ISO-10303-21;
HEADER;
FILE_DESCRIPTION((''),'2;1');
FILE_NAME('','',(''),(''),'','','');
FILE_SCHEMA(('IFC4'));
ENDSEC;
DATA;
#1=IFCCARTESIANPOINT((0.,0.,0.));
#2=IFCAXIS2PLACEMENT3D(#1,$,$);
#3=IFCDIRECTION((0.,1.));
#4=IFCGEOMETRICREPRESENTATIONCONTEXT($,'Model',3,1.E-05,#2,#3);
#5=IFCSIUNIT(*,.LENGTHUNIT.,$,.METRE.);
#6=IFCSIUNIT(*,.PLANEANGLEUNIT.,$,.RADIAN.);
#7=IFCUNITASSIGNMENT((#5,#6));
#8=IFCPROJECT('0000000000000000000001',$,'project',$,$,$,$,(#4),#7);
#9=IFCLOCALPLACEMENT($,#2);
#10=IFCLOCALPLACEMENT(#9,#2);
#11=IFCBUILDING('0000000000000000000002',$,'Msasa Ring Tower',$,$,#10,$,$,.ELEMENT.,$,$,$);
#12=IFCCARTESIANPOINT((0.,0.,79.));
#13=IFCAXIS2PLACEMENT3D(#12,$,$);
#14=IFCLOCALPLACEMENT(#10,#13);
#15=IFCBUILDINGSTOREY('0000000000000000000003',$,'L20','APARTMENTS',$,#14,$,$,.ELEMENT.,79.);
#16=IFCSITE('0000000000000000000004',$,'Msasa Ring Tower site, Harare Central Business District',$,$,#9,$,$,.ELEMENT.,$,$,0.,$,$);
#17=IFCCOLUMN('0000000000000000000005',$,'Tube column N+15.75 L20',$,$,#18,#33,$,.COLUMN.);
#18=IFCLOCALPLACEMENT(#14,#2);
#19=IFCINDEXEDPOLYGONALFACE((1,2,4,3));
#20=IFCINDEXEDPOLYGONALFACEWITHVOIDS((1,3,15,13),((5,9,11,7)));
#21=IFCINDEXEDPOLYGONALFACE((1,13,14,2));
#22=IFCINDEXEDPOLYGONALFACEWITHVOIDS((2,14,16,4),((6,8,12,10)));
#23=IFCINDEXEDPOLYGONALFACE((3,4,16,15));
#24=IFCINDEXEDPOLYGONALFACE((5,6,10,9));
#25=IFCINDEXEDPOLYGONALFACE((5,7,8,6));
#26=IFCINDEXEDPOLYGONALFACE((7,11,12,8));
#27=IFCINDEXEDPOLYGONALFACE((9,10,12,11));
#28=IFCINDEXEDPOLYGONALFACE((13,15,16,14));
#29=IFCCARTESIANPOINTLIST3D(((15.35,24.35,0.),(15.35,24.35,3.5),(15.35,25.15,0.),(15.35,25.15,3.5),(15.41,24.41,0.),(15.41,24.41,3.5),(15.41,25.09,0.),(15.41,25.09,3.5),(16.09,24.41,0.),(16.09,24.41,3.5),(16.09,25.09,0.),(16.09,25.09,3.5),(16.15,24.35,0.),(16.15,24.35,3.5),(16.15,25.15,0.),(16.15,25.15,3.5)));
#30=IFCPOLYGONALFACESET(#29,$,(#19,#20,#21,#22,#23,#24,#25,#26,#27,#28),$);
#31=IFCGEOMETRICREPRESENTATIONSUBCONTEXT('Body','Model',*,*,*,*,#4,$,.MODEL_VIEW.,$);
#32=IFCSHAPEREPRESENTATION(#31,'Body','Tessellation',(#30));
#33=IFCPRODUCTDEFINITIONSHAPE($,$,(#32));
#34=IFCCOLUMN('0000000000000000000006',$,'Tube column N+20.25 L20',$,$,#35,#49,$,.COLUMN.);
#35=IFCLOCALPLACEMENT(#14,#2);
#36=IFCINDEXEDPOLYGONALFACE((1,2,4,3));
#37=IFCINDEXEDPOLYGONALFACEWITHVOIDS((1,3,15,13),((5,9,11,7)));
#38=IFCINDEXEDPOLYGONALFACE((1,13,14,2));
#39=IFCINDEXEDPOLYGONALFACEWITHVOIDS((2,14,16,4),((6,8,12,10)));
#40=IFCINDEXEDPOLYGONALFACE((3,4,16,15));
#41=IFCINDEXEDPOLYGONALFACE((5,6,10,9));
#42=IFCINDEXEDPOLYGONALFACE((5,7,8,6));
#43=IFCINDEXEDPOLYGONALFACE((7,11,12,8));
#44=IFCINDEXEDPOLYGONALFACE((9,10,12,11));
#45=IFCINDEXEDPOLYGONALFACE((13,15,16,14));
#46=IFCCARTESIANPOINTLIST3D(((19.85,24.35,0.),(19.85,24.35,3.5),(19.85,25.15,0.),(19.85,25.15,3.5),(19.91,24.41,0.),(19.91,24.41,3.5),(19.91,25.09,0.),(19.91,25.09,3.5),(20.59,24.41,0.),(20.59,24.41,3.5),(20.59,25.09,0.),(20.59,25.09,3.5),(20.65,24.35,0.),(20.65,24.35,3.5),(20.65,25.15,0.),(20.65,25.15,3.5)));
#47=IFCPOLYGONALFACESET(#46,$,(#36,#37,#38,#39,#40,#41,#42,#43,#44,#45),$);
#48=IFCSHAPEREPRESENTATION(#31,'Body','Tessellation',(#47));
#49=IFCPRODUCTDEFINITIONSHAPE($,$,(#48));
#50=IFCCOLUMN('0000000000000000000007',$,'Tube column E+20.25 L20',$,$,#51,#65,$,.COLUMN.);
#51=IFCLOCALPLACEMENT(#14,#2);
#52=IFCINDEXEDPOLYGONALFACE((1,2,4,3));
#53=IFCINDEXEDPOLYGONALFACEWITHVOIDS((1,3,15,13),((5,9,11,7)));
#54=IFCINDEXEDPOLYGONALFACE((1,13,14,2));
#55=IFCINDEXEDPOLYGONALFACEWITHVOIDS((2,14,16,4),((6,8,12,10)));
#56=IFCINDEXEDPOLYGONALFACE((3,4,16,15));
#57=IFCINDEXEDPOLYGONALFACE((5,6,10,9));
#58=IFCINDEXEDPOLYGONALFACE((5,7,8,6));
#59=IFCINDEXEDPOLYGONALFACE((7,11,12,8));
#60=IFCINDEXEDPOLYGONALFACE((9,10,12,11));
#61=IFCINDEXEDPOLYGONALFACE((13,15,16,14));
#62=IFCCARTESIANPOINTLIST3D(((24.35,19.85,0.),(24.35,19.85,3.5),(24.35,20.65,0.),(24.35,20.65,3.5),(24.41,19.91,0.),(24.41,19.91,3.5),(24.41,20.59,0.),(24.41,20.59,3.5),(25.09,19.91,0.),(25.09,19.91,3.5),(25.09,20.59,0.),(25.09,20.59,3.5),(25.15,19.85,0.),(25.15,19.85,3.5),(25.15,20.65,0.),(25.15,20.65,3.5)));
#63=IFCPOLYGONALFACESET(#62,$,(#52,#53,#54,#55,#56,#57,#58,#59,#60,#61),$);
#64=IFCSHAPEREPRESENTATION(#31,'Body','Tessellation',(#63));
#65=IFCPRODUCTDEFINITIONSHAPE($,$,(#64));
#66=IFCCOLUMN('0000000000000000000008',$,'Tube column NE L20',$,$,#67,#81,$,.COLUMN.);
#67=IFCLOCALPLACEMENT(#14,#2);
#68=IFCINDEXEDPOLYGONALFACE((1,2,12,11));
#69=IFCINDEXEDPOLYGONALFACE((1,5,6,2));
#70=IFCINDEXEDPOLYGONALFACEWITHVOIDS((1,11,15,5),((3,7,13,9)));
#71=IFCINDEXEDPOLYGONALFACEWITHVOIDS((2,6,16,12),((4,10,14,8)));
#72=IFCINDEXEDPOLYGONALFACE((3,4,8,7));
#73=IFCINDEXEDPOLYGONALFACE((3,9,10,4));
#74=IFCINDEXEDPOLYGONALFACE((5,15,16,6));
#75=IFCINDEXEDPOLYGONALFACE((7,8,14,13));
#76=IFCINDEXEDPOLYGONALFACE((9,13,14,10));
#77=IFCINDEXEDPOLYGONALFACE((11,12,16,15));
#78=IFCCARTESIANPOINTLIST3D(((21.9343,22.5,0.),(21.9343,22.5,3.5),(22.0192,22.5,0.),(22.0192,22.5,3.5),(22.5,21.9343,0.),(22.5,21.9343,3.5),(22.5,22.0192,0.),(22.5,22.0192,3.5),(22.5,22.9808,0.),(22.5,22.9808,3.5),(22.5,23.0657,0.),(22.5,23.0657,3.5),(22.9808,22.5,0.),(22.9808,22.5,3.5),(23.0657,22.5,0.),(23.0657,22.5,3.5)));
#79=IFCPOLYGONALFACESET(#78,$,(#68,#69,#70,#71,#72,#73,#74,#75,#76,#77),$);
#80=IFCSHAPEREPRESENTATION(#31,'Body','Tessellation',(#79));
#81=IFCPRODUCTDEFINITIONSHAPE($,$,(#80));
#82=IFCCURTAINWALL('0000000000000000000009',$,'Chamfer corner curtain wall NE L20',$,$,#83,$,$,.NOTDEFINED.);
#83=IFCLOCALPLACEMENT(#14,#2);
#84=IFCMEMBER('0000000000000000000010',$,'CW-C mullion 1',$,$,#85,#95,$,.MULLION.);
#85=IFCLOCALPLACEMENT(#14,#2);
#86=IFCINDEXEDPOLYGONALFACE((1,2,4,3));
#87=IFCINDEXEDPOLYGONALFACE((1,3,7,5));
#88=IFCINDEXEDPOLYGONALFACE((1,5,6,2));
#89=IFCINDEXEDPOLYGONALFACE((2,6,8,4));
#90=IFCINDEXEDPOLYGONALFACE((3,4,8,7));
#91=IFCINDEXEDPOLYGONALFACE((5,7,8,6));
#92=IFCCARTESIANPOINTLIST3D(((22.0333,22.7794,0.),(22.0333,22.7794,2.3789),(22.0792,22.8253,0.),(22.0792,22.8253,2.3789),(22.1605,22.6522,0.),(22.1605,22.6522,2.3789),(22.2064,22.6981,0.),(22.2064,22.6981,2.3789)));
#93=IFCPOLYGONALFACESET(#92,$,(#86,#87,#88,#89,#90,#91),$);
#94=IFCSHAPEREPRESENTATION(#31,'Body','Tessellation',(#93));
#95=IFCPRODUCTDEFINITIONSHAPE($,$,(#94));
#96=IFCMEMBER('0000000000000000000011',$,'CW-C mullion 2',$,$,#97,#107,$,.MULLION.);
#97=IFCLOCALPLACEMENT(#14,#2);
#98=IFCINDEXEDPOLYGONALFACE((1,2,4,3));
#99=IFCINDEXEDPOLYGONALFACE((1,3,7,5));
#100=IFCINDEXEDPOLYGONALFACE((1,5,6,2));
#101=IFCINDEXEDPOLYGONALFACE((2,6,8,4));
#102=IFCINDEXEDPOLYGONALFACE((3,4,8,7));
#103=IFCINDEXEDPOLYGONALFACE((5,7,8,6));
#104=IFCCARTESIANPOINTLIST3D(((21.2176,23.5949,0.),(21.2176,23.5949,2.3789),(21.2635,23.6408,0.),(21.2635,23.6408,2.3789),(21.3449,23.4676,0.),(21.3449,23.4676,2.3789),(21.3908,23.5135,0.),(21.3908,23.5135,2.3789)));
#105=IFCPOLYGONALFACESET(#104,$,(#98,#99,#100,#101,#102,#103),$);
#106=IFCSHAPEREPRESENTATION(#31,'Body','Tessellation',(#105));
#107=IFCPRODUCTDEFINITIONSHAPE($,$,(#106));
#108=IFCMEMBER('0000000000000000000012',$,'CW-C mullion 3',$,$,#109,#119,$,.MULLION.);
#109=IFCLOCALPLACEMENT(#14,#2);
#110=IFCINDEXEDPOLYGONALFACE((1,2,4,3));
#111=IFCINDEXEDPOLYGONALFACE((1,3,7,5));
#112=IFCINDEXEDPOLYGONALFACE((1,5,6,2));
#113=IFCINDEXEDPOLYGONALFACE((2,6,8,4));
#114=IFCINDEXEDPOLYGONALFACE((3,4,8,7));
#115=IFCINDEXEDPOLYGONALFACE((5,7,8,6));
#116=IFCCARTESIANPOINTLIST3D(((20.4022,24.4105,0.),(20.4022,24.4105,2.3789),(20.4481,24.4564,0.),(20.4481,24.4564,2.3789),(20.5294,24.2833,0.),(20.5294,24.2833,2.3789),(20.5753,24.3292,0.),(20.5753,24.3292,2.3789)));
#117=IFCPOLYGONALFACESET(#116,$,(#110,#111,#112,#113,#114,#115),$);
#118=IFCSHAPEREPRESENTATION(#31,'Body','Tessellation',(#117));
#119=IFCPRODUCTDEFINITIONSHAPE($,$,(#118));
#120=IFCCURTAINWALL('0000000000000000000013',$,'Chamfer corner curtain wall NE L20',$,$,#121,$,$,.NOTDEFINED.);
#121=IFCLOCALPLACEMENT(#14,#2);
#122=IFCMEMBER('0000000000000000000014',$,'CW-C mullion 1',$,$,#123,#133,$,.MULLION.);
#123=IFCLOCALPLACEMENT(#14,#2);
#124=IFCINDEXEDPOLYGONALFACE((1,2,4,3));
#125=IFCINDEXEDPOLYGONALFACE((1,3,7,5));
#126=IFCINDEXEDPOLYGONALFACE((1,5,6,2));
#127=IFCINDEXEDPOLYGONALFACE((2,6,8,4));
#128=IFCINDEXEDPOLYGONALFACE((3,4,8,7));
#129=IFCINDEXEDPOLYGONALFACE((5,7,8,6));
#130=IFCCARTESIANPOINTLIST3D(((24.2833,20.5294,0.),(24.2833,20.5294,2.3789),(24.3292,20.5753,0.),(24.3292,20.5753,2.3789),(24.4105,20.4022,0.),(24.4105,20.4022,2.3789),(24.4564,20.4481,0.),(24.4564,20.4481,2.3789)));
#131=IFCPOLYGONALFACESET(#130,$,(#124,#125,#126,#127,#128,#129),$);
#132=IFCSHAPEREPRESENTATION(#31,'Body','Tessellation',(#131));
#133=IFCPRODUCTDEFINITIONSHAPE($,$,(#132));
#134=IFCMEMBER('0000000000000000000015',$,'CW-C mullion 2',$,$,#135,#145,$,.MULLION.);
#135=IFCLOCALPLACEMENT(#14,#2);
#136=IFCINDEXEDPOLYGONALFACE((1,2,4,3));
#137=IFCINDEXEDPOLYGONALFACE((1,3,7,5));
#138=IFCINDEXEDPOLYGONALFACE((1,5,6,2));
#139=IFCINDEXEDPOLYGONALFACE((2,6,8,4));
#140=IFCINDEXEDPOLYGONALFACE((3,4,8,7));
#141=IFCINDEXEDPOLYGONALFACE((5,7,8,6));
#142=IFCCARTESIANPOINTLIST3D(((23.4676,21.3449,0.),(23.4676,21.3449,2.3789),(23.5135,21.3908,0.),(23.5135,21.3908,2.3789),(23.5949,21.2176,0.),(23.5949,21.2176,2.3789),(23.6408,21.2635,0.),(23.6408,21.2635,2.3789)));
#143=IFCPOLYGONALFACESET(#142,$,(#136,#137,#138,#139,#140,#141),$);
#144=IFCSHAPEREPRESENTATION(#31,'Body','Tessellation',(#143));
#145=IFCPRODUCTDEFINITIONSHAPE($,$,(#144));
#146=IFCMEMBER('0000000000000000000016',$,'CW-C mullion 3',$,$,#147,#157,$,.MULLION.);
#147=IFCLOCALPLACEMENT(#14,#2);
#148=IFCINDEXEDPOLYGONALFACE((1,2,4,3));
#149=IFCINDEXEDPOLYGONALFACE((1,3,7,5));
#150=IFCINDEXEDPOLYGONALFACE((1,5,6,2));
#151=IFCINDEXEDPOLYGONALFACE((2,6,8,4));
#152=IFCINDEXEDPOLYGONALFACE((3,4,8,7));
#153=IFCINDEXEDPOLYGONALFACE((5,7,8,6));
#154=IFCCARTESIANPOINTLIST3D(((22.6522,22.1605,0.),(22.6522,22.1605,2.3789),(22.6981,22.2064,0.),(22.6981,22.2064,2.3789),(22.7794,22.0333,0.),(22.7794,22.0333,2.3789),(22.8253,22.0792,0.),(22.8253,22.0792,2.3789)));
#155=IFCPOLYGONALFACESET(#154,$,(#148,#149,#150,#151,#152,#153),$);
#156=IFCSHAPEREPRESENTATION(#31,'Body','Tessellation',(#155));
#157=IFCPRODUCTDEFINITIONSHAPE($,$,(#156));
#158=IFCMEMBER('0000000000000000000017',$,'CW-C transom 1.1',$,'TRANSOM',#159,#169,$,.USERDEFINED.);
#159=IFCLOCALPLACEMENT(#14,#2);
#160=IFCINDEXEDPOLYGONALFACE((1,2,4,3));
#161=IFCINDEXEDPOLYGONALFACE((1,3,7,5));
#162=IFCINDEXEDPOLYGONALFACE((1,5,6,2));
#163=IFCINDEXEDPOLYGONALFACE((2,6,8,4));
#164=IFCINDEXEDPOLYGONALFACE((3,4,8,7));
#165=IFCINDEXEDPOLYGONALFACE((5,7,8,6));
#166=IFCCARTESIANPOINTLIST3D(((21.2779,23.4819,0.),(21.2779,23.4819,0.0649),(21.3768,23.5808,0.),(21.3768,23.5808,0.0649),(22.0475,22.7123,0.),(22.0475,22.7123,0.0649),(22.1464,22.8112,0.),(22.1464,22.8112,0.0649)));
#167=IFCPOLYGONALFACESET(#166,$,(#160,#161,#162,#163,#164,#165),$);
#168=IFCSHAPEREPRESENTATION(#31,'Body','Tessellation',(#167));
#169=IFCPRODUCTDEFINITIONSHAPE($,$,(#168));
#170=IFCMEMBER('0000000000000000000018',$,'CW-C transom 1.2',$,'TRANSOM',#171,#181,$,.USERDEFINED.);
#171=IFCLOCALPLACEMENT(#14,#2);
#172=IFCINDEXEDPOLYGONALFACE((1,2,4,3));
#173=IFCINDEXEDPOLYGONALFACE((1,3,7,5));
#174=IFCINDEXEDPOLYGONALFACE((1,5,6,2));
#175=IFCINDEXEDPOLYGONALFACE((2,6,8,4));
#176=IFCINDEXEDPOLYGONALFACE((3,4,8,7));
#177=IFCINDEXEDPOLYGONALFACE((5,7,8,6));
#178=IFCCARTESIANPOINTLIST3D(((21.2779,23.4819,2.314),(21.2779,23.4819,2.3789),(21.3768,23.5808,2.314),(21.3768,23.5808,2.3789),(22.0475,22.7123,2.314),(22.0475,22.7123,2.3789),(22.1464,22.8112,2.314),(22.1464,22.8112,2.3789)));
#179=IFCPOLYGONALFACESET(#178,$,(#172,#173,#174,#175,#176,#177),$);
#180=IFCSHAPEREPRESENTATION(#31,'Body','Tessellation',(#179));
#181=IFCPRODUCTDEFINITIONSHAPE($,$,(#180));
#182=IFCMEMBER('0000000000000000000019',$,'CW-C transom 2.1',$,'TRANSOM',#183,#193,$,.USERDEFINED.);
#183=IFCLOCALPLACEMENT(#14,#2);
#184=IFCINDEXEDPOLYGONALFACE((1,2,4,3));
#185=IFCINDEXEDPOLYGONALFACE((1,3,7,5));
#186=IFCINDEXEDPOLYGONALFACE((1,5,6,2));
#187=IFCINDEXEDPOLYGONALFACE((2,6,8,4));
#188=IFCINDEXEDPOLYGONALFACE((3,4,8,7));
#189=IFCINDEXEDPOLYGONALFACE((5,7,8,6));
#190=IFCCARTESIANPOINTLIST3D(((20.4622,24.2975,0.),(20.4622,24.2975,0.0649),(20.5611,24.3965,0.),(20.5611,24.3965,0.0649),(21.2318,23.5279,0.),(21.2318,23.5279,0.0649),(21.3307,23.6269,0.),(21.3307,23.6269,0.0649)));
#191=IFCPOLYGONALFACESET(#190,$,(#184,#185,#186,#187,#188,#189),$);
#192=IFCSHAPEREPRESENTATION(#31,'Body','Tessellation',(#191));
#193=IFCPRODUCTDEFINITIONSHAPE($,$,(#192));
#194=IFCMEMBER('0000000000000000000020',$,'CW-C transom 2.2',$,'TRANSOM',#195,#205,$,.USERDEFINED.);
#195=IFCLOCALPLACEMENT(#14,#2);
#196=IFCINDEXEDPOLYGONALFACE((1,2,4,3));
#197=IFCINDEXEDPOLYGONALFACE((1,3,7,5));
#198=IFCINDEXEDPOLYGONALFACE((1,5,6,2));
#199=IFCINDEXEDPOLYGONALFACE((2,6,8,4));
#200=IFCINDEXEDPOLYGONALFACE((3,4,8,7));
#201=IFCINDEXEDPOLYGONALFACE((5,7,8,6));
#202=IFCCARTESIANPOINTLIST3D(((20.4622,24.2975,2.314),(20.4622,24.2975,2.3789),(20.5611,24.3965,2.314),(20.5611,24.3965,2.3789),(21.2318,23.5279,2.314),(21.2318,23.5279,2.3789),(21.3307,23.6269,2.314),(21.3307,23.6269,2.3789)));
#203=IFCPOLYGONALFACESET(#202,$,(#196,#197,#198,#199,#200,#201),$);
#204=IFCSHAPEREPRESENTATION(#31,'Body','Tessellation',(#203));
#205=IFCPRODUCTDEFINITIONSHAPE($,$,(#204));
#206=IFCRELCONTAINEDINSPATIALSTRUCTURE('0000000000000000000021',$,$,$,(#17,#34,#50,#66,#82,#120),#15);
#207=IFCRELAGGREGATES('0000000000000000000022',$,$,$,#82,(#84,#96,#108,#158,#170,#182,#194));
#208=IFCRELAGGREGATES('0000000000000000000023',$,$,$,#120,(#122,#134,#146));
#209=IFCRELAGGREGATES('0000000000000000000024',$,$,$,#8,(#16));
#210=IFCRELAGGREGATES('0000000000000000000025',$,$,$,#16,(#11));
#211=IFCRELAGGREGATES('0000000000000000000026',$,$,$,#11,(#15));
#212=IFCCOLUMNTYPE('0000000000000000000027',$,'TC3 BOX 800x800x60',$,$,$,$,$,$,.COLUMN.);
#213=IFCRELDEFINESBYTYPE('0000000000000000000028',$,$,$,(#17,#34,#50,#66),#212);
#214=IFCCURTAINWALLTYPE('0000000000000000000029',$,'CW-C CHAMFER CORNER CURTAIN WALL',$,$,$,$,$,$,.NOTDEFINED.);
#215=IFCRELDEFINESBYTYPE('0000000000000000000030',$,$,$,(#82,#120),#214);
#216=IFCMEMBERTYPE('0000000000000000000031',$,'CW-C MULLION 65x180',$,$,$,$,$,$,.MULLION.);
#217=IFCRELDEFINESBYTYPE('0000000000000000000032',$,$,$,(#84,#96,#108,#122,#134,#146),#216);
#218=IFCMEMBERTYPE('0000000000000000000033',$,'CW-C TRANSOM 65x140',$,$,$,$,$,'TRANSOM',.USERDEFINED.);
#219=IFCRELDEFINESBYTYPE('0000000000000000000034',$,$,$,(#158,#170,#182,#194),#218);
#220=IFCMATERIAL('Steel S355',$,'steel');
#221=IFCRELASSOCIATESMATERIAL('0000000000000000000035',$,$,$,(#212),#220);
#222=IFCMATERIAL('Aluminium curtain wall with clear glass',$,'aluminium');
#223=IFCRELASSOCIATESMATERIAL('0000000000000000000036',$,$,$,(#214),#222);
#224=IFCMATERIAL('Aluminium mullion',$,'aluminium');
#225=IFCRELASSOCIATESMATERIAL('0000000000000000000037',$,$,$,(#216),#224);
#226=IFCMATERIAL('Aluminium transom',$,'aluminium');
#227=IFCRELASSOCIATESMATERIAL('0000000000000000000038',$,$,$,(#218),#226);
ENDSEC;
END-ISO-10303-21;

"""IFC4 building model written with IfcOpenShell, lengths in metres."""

from ifc_helpers import new_model, si_unit, direction, frame, origin, origin_2d, place, context, subcontext, project, spatial, rectangle, hollow_rectangle, extrude, material, material_profile, profile_set, type_object, element, aggregate, save


model = new_model("IFC4")

# Units and contexts
model_context = context("Model", 3, precision=1e-05, world=origin(), true_north=direction((0.0, 1.0)))
body_context = subcontext(model_context, "Body", "Model", "MODEL_VIEW")
ifc_project = project(units=[si_unit("LENGTHUNIT", "METRE"), si_unit("PLANEANGLEUNIT", "RADIAN")], contexts=[model_context])

# Site, building, storey
site_placement = place(None, origin())
site = spatial("IfcSite", under=ifc_project, at=site_placement, Name="Msasa Ring Tower site, Harare Central Business District", CompositionType="ELEMENT", RefElevation=0.0)
building_placement = place(site_placement, origin())
building = spatial("IfcBuilding", under=site, at=building_placement, Name="Msasa Ring Tower", CompositionType="ELEMENT")
storey_placement = place(building_placement, frame((0.0, 0.0, 79.0)))
storey = spatial("IfcBuildingStorey", under=building, at=storey_placement, Name="L20", Description="APARTMENTS", CompositionType="ELEMENT", Elevation=79.0)

# Columns
ifc_material_1 = material(Name="Steel S355", Category="steel")
ifc_material_profile_1 = material_profile(ifc_material_1, hollow_rectangle(XDim=0.8, YDim=0.8, WallThickness=0.0601, at=origin_2d()), Name="BOX 800x800x60")
ifc_profile_set_1 = profile_set([ifc_material_profile_1], Name="Steel S355")
column_type = type_object("IfcColumnType", Name="TC3 BOX 800x800x60", PredefinedType="COLUMN", material=ifc_profile_set_1)
for number, where, z_axis, x_axis, name in (
    (1, (15.75, 24.75, 0.0), (0.0, 0.0, 1.0), (0.0, 1.0, 0.0), "Tube column N+15.75 L20"),
    (2, (20.25, 24.75, 0.0), (0.0, 0.0, 1.0), (0.0, 1.0, 0.0), "Tube column N+20.25 L20"),
    (3, (24.75, 20.25, 0.0), (0.0, 0.0, 1.0), (1.0, 0.0, 0.0), "Tube column E+20.25 L20"),
    (4, (22.5, 22.5, 0.0), (0.0, 0.0, 1.0), (0.707107, 0.707107, 0.0), "Tube column NE L20"),
):
    element("IfcColumn", number, at=place(storey_placement, frame(where, z_axis=z_axis, x_axis=x_axis)), inside=storey, type_object=column_type, Name=name, PredefinedType="COLUMN", context=body_context, shape_type="SweptSolid", body=[
        extrude(hollow_rectangle(XDim=0.8, YDim=0.8, WallThickness=0.0601, at=origin_2d()), origin(), (0.0, 0.0, 1.0), 3.5),
    ])

# Curtain walls, members
ifc_material_2 = material(Name="Aluminium curtain wall with clear glass", Category="aluminium")
curtain_wall_type = type_object("IfcCurtainWallType", Name="CW-C CHAMFER CORNER CURTAIN WALL", PredefinedType="NOTDEFINED", material=ifc_material_2)
curtain_wall_1_placement = place(storey_placement, origin())
curtain_wall_1 = element("IfcCurtainWall", 5, at=curtain_wall_1_placement, inside=storey, type_object=curtain_wall_type, Name="Chamfer corner curtain wall NE L20", PredefinedType="NOTDEFINED")
ifc_material_3 = material(Name="Aluminium mullion", Category="aluminium")
ifc_material_profile_2 = material_profile(ifc_material_3, rectangle(XDim=0.0649, YDim=0.1799, at=origin_2d()), Name="AL 65x180")
ifc_profile_set_2 = profile_set([ifc_material_profile_2], Name="Aluminium mullion")
member_type_1 = type_object("IfcMemberType", Name="CW-C MULLION 65x180", PredefinedType="MULLION", material=ifc_profile_set_2)
member_1_placement = place(storey_placement, frame((22.1199, 22.7388, 0.0), z_axis=(0.0, 0.0, 1.0), x_axis=(-0.707107, -0.707107, 0.0)))
member_1 = element("IfcMember", 6, at=member_1_placement, type_object=member_type_1, Name="CW-C mullion 1", PredefinedType="MULLION", context=body_context, shape_type="SweptSolid", body=[
    extrude(rectangle(XDim=0.0649, YDim=0.1799, at=origin_2d()), origin(), (0.0, 0.0, 1.0), 2.3789),
])
member_2_placement = place(storey_placement, frame((21.3042, 23.5542, 0.0), z_axis=(0.0, 0.0, 1.0), x_axis=(-0.707107, -0.707107, 0.0)))
member_2 = element("IfcMember", 7, at=member_2_placement, type_object=member_type_1, Name="CW-C mullion 2", PredefinedType="MULLION", context=body_context, shape_type="SweptSolid", body=[
    extrude(rectangle(XDim=0.0649, YDim=0.1799, at=origin_2d()), origin(), (0.0, 0.0, 1.0), 2.3789),
])
member_3_placement = place(storey_placement, frame((20.4888, 24.3699, 0.0), z_axis=(0.0, 0.0, 1.0), x_axis=(-0.707107, -0.707107, 0.0)))
member_3 = element("IfcMember", 8, at=member_3_placement, type_object=member_type_1, Name="CW-C mullion 3", PredefinedType="MULLION", context=body_context, shape_type="SweptSolid", body=[
    extrude(rectangle(XDim=0.0649, YDim=0.1799, at=origin_2d()), origin(), (0.0, 0.0, 1.0), 2.3789),
])
curtain_wall_2_placement = place(storey_placement, origin())
curtain_wall_2 = element("IfcCurtainWall", 9, at=curtain_wall_2_placement, inside=storey, type_object=curtain_wall_type, Name="Chamfer corner curtain wall NE L20", PredefinedType="NOTDEFINED")
member_4_placement = place(storey_placement, frame((24.3699, 20.4888, 0.0), z_axis=(0.0, 0.0, 1.0), x_axis=(-0.707107, -0.707107, 0.0)))
member_4 = element("IfcMember", 10, at=member_4_placement, type_object=member_type_1, Name="CW-C mullion 1", PredefinedType="MULLION", context=body_context, shape_type="SweptSolid", body=[
    extrude(rectangle(XDim=0.0649, YDim=0.1799, at=origin_2d()), origin(), (0.0, 0.0, 1.0), 2.3789),
])
member_5_placement = place(storey_placement, frame((23.5542, 21.3042, 0.0), z_axis=(0.0, 0.0, 1.0), x_axis=(-0.707107, -0.707107, 0.0)))
member_5 = element("IfcMember", 11, at=member_5_placement, type_object=member_type_1, Name="CW-C mullion 2", PredefinedType="MULLION", context=body_context, shape_type="SweptSolid", body=[
    extrude(rectangle(XDim=0.0649, YDim=0.1799, at=origin_2d()), origin(), (0.0, 0.0, 1.0), 2.3789),
])
member_6_placement = place(storey_placement, frame((22.7388, 22.1199, 0.0), z_axis=(0.0, 0.0, 1.0), x_axis=(-0.707107, -0.707107, 0.0)))
member_6 = element("IfcMember", 12, at=member_6_placement, type_object=member_type_1, Name="CW-C mullion 3", PredefinedType="MULLION", context=body_context, shape_type="SweptSolid", body=[
    extrude(rectangle(XDim=0.0649, YDim=0.1799, at=origin_2d()), origin(), (0.0, 0.0, 1.0), 2.3789),
])

# Members
ifc_material_4 = material(Name="Aluminium transom", Category="aluminium")
ifc_material_profile_3 = material_profile(ifc_material_4, rectangle(XDim=0.1399, YDim=0.0649, at=origin_2d()), Name="AL 65x140")
ifc_profile_set_3 = profile_set([ifc_material_profile_3], Name="Aluminium transom")
member_type_2 = type_object("IfcMemberType", Name="CW-C TRANSOM 65x140", ElementType="TRANSOM", PredefinedType="USERDEFINED", material=ifc_profile_set_3)
member_7_placement = place(storey_placement, frame((22.0969, 22.7617, 0.0325), z_axis=(-0.707107, 0.707107, 0.0), x_axis=(-0.707107, -0.707107, 0.0)))
member_7 = element("IfcMember", 13, at=member_7_placement, type_object=member_type_2, Name="CW-C transom 1.1", ObjectType="TRANSOM", PredefinedType="USERDEFINED", context=body_context, shape_type="SweptSolid", body=[
    extrude(rectangle(XDim=0.1399, YDim=0.0649, at=origin_2d()), origin(), (0.0, 0.0, 1.0), 1.0884),
])
member_8_placement = place(storey_placement, frame((22.0969, 22.7617, 2.3464), z_axis=(-0.707107, 0.707107, 0.0), x_axis=(-0.707107, -0.707107, 0.0)))
member_8 = element("IfcMember", 14, at=member_8_placement, type_object=member_type_2, Name="CW-C transom 1.2", ObjectType="TRANSOM", PredefinedType="USERDEFINED", context=body_context, shape_type="SweptSolid", body=[
    extrude(rectangle(XDim=0.1399, YDim=0.0649, at=origin_2d()), origin(), (0.0, 0.0, 1.0), 1.0884),
])
member_9_placement = place(storey_placement, frame((21.2812, 23.5774, 0.0325), z_axis=(-0.707107, 0.707107, 0.0), x_axis=(-0.707107, -0.707107, 0.0)))
member_9 = element("IfcMember", 15, at=member_9_placement, type_object=member_type_2, Name="CW-C transom 2.1", ObjectType="TRANSOM", PredefinedType="USERDEFINED", context=body_context, shape_type="SweptSolid", body=[
    extrude(rectangle(XDim=0.1399, YDim=0.0649, at=origin_2d()), origin(), (0.0, 0.0, 1.0), 1.0884),
])
member_10_placement = place(storey_placement, frame((21.2812, 23.5774, 2.3464), z_axis=(-0.707107, 0.707107, 0.0), x_axis=(-0.707107, -0.707107, 0.0)))
member_10 = element("IfcMember", 16, at=member_10_placement, type_object=member_type_2, Name="CW-C transom 2.2", ObjectType="TRANSOM", PredefinedType="USERDEFINED", context=body_context, shape_type="SweptSolid", body=[
    extrude(rectangle(XDim=0.1399, YDim=0.0649, at=origin_2d()), origin(), (0.0, 0.0, 1.0), 1.0884),
])

aggregate(curtain_wall_1, [member_1, member_2, member_3, member_7, member_8, member_9, member_10])
aggregate(curtain_wall_2, [member_4, member_5, member_6])

save(model, "model.ifc")
